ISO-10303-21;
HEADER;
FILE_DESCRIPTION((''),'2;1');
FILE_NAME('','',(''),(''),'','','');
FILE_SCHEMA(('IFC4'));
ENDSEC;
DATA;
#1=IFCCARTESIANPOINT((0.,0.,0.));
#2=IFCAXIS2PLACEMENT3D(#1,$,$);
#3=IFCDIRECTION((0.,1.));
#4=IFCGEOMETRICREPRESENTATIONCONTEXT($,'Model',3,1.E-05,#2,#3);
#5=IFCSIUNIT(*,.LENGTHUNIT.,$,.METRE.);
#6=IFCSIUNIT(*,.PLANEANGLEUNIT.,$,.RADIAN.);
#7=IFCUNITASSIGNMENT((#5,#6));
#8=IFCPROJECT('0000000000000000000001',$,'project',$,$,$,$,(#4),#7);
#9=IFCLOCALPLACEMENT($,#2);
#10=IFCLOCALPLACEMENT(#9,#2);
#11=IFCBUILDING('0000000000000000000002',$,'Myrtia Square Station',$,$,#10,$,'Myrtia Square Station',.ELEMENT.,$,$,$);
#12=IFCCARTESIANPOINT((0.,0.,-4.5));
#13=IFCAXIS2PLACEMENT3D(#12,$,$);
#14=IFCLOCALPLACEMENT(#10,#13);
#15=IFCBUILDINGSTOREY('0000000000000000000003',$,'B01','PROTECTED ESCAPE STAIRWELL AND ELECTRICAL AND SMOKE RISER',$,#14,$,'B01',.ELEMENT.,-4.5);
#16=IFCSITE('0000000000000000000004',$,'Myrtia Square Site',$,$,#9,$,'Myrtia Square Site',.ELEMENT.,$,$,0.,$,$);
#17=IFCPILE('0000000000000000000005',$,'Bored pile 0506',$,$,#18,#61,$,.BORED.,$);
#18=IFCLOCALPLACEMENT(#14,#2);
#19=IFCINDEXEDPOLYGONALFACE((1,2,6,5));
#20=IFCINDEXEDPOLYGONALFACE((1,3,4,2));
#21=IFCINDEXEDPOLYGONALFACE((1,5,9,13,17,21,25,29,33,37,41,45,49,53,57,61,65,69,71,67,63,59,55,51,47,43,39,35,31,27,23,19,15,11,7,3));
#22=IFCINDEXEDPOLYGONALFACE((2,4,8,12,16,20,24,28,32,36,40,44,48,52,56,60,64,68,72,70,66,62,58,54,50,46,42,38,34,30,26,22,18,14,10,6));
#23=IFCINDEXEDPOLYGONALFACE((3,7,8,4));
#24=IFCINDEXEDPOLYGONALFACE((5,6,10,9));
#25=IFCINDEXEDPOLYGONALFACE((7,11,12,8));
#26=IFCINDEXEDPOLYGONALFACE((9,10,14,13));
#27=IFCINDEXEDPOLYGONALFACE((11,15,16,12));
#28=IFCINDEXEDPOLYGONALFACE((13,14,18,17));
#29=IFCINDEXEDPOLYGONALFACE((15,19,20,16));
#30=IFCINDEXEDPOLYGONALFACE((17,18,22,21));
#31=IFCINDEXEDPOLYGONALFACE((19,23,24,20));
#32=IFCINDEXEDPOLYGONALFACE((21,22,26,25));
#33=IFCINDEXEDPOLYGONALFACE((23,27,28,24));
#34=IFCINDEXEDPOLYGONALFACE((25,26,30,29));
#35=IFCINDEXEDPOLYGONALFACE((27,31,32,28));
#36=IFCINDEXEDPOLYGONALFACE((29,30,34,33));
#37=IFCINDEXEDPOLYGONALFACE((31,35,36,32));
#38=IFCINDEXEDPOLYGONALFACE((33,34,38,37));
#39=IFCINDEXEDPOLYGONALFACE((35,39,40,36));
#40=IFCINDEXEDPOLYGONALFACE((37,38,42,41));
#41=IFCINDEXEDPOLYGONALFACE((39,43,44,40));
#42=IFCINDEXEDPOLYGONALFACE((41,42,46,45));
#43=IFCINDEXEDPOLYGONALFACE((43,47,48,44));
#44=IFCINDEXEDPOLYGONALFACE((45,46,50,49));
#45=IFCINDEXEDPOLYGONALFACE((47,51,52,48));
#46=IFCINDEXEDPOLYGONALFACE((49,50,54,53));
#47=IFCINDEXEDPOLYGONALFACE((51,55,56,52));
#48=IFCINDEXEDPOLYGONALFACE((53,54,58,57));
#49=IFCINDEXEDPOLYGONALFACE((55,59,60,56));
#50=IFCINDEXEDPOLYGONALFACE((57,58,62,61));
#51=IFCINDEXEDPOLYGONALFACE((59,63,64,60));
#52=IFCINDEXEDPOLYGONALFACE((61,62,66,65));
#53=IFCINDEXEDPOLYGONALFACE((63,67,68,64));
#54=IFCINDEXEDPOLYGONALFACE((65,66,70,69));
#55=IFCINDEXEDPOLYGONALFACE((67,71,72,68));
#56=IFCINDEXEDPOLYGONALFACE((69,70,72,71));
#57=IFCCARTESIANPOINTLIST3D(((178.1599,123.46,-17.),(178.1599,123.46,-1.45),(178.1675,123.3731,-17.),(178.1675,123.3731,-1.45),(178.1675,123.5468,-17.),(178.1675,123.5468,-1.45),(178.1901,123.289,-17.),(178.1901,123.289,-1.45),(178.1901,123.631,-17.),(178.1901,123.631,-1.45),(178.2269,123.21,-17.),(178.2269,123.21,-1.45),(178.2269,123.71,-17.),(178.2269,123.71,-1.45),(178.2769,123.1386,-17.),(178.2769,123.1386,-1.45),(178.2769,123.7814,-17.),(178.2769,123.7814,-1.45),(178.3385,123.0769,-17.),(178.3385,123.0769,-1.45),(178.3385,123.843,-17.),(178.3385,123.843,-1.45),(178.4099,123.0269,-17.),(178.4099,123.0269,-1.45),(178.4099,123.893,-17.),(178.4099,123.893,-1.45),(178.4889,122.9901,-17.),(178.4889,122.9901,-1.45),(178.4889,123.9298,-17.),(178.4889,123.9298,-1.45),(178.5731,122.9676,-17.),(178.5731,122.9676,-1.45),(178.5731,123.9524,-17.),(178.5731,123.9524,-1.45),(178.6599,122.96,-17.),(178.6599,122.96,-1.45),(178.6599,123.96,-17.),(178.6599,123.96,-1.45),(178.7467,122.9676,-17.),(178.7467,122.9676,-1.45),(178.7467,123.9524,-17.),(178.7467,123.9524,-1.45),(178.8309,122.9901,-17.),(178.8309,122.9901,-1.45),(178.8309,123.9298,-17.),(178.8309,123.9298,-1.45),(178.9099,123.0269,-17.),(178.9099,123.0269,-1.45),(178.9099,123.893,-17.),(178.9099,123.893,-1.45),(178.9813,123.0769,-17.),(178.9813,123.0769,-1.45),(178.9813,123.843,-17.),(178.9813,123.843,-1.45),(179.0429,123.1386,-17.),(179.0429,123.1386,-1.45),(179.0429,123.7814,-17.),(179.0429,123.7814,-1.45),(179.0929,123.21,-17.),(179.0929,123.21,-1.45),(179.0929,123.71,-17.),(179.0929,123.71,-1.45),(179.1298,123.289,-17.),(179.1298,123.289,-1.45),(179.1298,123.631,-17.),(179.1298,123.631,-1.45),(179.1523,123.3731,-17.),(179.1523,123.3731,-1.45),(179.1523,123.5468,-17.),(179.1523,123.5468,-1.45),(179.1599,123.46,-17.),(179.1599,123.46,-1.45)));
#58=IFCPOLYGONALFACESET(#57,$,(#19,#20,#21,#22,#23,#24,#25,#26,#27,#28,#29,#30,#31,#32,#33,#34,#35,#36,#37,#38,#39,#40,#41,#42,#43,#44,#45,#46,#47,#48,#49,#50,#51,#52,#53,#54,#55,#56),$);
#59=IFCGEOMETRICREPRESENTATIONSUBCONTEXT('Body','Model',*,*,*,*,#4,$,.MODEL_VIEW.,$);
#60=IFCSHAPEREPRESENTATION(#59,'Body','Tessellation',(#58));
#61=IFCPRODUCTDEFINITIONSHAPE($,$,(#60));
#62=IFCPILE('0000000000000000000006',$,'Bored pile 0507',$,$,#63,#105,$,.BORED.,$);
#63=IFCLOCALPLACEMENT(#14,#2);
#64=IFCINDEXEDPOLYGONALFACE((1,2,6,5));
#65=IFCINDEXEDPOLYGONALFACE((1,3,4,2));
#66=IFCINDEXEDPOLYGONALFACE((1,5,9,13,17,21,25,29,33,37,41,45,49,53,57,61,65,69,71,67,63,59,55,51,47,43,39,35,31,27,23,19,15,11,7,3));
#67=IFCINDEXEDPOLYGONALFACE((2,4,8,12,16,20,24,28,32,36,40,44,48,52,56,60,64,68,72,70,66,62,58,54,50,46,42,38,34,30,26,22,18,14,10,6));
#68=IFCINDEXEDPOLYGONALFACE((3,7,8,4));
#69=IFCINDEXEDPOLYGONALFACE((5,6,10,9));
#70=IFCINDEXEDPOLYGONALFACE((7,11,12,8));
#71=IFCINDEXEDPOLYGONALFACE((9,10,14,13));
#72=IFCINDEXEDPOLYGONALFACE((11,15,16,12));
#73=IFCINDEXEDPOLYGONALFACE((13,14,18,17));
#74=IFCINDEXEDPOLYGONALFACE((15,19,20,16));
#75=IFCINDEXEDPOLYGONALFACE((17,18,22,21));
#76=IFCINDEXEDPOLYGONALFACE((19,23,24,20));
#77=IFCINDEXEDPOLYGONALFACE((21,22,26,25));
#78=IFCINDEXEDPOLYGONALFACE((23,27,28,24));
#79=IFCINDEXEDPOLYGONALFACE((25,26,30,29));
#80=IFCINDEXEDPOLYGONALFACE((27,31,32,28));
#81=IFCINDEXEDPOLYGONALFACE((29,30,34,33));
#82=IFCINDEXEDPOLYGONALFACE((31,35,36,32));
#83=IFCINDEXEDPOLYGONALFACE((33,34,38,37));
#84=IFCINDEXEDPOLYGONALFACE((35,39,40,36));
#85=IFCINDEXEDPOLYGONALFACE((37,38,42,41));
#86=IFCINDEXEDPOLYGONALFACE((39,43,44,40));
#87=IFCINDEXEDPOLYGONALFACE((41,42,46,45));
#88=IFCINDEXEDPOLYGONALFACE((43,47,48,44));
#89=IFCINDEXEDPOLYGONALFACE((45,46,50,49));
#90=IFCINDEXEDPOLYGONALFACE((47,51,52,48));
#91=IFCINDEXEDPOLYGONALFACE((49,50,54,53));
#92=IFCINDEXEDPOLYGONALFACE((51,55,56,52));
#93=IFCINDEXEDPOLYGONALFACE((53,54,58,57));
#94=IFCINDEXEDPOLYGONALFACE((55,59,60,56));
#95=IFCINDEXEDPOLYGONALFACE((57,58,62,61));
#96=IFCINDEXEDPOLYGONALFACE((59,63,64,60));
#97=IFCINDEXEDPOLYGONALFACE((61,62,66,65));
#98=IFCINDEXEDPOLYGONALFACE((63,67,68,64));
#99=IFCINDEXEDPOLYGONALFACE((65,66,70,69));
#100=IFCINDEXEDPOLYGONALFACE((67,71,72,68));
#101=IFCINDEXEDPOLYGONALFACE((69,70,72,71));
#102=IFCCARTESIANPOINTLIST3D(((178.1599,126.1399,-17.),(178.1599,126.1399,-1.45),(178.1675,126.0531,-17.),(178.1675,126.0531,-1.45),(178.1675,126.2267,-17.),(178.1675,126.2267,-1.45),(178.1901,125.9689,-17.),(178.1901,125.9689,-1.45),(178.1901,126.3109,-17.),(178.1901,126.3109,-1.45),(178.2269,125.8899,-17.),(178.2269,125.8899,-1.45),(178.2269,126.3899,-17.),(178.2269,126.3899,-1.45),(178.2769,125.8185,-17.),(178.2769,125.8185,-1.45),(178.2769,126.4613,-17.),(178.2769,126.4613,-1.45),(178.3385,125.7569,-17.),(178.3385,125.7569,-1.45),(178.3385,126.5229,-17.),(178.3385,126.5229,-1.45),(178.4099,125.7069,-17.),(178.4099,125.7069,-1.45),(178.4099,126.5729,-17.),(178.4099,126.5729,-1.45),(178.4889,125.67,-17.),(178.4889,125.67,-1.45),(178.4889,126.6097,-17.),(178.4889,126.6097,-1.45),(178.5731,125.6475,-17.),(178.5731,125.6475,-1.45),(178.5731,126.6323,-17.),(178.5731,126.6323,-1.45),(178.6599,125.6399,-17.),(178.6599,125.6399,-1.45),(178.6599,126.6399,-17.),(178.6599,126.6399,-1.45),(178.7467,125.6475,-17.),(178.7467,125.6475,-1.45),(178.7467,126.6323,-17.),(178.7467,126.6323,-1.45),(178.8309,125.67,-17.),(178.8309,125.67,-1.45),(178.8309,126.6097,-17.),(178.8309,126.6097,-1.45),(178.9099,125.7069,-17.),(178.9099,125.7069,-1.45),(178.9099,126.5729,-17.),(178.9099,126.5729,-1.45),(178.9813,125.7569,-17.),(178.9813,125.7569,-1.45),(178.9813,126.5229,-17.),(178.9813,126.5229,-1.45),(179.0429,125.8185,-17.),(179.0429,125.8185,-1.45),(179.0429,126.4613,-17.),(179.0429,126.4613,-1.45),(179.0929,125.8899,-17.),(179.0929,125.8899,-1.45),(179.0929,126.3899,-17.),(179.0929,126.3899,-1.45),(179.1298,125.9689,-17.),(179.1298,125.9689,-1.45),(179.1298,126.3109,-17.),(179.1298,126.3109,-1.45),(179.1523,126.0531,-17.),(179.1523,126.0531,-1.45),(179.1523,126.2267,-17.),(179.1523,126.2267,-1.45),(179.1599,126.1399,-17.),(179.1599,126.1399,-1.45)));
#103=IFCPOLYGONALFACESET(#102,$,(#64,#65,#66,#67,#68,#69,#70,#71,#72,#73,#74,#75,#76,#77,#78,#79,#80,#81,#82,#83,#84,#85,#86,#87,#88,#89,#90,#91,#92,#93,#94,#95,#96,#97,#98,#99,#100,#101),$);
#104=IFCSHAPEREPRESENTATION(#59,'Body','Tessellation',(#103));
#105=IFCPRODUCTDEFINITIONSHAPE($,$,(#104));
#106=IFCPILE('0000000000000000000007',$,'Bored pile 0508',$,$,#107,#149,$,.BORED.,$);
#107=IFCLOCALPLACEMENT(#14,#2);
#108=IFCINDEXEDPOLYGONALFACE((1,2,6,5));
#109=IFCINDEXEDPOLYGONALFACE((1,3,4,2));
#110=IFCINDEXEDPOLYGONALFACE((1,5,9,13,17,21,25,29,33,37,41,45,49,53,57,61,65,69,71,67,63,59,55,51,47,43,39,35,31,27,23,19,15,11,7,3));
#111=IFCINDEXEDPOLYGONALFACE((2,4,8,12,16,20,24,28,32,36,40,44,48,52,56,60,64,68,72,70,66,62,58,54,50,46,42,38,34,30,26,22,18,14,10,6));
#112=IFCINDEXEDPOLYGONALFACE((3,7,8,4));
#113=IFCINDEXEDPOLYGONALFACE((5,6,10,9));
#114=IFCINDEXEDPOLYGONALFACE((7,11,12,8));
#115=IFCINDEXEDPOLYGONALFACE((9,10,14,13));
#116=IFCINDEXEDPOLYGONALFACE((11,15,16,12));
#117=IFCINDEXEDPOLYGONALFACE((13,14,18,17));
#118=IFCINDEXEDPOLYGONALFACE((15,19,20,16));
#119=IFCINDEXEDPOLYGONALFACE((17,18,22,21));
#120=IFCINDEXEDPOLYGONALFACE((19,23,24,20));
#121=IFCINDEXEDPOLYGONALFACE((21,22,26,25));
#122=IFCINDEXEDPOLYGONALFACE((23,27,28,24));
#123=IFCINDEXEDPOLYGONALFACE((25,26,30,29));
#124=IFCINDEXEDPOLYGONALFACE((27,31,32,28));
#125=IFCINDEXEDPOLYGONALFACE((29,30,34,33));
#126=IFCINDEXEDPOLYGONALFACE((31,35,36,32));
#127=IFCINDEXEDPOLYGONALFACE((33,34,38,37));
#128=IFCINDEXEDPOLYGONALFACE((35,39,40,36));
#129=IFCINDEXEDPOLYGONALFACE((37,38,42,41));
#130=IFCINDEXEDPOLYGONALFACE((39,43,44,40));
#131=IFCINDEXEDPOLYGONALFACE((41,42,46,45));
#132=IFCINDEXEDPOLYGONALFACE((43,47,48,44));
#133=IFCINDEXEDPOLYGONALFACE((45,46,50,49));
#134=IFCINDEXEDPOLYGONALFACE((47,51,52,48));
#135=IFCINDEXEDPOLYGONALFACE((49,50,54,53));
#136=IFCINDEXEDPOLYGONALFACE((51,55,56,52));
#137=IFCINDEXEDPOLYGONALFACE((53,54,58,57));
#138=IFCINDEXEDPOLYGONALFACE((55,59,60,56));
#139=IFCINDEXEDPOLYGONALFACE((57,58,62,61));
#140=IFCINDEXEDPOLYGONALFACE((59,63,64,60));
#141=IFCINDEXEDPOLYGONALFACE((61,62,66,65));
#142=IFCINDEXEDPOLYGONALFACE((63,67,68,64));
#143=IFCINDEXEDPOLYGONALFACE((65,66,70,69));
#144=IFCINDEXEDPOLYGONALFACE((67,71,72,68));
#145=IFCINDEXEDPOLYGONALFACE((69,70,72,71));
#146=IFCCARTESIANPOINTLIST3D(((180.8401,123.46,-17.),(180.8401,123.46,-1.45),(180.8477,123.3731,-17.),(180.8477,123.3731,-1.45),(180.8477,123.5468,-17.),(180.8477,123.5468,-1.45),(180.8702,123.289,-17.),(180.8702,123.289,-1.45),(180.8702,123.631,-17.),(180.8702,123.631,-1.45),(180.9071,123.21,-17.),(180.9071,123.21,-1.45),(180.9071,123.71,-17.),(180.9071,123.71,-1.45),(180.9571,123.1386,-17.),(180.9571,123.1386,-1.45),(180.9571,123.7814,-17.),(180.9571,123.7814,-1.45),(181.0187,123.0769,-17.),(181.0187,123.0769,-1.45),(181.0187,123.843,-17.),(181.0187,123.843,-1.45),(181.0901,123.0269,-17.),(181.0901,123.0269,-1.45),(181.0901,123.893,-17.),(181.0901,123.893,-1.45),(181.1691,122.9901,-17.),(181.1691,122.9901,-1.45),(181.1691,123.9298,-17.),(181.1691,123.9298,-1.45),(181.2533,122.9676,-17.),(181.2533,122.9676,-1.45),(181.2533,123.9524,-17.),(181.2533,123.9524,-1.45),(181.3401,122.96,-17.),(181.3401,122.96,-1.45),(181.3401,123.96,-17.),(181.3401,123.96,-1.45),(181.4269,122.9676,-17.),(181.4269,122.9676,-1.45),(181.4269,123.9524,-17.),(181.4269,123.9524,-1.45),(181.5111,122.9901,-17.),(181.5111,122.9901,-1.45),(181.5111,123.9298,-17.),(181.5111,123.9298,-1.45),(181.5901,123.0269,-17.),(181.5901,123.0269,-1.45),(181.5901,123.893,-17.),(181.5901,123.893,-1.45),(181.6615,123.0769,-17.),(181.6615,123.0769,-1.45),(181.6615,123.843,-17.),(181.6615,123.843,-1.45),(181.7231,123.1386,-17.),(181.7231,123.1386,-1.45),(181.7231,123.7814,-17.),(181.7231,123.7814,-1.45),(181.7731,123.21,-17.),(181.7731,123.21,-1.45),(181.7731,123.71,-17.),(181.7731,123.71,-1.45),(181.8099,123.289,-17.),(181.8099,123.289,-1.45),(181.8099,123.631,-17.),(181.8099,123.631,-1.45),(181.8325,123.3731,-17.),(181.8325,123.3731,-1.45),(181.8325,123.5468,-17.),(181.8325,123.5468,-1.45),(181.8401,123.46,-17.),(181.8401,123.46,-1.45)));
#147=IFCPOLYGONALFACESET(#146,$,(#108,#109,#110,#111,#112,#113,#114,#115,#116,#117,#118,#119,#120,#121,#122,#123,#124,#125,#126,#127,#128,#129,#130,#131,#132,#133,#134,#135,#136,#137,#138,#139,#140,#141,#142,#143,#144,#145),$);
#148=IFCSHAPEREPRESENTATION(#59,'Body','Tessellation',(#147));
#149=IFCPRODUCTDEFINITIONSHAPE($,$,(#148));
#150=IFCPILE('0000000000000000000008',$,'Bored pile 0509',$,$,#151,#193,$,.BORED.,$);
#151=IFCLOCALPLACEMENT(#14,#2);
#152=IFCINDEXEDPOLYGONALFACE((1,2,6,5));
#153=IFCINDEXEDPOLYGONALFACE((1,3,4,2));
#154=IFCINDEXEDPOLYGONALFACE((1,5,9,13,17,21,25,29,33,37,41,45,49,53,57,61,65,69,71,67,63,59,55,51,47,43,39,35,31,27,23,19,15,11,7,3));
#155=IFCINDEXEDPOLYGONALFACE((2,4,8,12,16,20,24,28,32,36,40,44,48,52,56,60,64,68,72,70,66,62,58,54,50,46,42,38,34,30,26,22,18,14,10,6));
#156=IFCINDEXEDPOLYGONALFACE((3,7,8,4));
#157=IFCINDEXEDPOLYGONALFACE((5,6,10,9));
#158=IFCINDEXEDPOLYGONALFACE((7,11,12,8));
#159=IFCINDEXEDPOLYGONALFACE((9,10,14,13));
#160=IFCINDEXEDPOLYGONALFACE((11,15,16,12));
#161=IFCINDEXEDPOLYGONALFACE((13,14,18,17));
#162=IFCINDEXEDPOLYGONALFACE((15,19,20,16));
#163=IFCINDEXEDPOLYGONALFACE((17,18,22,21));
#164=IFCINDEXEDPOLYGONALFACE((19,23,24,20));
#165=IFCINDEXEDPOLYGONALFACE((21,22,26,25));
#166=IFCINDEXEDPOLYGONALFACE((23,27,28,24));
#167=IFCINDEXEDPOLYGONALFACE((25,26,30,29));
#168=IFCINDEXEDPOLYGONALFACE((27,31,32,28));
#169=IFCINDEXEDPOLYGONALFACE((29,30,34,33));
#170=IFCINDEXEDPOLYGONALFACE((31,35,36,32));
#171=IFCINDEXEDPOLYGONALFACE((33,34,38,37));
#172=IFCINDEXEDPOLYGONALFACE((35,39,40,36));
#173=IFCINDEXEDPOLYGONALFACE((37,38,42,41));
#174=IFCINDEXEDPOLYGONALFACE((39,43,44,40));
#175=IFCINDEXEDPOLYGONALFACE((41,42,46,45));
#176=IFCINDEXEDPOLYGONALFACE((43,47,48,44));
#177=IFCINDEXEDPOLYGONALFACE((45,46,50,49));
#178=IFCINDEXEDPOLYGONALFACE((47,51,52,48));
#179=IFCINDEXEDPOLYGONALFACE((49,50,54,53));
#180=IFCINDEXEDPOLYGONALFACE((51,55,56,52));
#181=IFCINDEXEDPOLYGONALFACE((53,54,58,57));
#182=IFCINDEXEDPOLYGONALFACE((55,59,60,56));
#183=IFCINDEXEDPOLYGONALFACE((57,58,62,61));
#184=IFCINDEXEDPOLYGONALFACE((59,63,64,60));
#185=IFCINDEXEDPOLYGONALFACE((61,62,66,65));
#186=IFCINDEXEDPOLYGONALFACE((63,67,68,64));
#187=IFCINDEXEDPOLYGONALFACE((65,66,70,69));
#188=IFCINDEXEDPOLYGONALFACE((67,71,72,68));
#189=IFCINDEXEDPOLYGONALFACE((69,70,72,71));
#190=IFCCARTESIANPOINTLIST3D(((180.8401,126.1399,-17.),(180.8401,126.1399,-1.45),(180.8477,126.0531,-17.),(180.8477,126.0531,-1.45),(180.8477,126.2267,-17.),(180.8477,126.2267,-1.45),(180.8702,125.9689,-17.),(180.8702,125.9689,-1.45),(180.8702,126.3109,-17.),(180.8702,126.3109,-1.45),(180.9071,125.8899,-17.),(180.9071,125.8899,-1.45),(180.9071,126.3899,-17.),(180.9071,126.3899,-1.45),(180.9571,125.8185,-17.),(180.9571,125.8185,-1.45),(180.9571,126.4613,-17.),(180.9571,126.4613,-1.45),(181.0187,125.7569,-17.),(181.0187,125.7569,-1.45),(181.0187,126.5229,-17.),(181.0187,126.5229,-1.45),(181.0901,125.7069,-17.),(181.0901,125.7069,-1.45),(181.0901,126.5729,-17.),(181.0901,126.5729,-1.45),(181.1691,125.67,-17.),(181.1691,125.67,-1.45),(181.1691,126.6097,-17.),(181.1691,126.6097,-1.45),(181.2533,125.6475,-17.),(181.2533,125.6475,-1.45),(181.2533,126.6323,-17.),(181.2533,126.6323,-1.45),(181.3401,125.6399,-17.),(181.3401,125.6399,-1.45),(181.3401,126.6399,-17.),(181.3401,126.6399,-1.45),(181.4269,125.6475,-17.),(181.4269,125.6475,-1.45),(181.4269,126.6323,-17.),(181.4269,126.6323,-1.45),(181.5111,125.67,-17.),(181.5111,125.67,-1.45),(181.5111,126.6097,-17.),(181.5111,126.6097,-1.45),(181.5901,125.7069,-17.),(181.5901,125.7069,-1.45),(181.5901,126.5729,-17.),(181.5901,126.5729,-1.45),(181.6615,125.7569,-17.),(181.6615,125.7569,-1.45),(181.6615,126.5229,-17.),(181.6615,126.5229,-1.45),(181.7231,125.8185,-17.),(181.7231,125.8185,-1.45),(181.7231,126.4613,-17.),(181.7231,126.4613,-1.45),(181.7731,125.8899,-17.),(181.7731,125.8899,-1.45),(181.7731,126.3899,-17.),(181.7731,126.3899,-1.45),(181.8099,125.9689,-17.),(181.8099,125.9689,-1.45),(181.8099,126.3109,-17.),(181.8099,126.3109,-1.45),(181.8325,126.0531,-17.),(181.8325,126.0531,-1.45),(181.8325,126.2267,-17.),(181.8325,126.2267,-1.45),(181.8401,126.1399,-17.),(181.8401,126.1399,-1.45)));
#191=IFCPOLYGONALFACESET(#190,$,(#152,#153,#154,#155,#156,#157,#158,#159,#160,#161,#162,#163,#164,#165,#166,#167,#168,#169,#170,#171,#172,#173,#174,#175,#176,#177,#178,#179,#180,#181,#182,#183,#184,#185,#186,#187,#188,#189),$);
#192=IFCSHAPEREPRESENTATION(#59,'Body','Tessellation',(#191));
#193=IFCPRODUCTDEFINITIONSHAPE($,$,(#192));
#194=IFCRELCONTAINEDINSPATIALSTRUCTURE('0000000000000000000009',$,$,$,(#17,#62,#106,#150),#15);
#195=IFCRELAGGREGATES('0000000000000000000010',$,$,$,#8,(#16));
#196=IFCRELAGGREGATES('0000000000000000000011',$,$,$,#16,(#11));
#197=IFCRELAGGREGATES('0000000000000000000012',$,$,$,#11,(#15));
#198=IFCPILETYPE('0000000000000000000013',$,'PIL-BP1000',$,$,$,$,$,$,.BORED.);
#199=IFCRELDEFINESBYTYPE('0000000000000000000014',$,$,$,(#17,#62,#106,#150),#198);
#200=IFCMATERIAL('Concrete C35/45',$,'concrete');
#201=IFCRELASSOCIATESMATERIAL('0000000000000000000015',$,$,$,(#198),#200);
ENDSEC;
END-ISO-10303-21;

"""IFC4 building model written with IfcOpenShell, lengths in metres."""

from ifc_helpers import new_model, si_unit, direction, frame, origin, origin_2d, place, context, subcontext, project, spatial, circle, extrude, material, material_profile, profile_set, type_object, element, save


model = new_model("IFC4")

# Units and contexts
model_context = context("Model", 3, precision=1e-05, world=origin(), true_north=direction((0.0, 1.0)))
body_context = subcontext(model_context, "Body", "Model", "MODEL_VIEW")
ifc_project = project(units=[si_unit("LENGTHUNIT", "METRE"), si_unit("PLANEANGLEUNIT", "RADIAN")], contexts=[model_context])

# Site, building, storey
site_placement = place(None, origin())
site = spatial("IfcSite", under=ifc_project, at=site_placement, Name="Myrtia Square Site", LongName="Myrtia Square Site", CompositionType="ELEMENT", RefElevation=0.0)
building_placement = place(site_placement, origin())
building = spatial("IfcBuilding", under=site, at=building_placement, Name="Myrtia Square Station", LongName="Myrtia Square Station", CompositionType="ELEMENT")
storey_placement = place(building_placement, frame((0.0, 0.0, -4.5)))
storey = spatial("IfcBuildingStorey", under=building, at=storey_placement, Name="B01", Description="PROTECTED ESCAPE STAIRWELL AND ELECTRICAL AND SMOKE RISER", LongName="B01", CompositionType="ELEMENT", Elevation=-4.5)

# Shared definitions
ifc_material_1 = material(Name="Concrete C35/45", Category="concrete")

# Piles
ifc_material_profile_1 = material_profile(ifc_material_1, circle(Radius=0.5, at=origin_2d()), Name="BP D1000")
ifc_profile_set_1 = profile_set([ifc_material_profile_1], Name="Concrete C35/45")
pile_type = type_object("IfcPileType", Name="PIL-BP1000", PredefinedType="BORED", material=ifc_profile_set_1)
for number, where, z_axis, x_axis, name in (
    (1, (178.6599, 123.46, -1.45), (0.0, 0.0, -1.0), (1.0, 0.0, 0.0), "Bored pile 0506"),
    (2, (178.6599, 126.1399, -1.45), (0.0, 0.0, -1.0), (1.0, 0.0, 0.0), "Bored pile 0507"),
    (3, (181.3401, 123.46, -1.45), (0.0, 0.0, -1.0), (1.0, 0.0, 0.0), "Bored pile 0508"),
    (4, (181.3401, 126.1399, -1.45), (0.0, 0.0, -1.0), (1.0, 0.0, 0.0), "Bored pile 0509"),
):
    element("IfcPile", number, at=place(storey_placement, frame(where, z_axis=z_axis, x_axis=x_axis)), inside=storey, type_object=pile_type, Name=name, PredefinedType="BORED", context=body_context, shape_type="SweptSolid", body=[
        extrude(circle(Radius=0.5, at=origin_2d()), origin(), (0.0, 0.0, 1.0), 15.55),
    ])

save(model, "model.ifc")
